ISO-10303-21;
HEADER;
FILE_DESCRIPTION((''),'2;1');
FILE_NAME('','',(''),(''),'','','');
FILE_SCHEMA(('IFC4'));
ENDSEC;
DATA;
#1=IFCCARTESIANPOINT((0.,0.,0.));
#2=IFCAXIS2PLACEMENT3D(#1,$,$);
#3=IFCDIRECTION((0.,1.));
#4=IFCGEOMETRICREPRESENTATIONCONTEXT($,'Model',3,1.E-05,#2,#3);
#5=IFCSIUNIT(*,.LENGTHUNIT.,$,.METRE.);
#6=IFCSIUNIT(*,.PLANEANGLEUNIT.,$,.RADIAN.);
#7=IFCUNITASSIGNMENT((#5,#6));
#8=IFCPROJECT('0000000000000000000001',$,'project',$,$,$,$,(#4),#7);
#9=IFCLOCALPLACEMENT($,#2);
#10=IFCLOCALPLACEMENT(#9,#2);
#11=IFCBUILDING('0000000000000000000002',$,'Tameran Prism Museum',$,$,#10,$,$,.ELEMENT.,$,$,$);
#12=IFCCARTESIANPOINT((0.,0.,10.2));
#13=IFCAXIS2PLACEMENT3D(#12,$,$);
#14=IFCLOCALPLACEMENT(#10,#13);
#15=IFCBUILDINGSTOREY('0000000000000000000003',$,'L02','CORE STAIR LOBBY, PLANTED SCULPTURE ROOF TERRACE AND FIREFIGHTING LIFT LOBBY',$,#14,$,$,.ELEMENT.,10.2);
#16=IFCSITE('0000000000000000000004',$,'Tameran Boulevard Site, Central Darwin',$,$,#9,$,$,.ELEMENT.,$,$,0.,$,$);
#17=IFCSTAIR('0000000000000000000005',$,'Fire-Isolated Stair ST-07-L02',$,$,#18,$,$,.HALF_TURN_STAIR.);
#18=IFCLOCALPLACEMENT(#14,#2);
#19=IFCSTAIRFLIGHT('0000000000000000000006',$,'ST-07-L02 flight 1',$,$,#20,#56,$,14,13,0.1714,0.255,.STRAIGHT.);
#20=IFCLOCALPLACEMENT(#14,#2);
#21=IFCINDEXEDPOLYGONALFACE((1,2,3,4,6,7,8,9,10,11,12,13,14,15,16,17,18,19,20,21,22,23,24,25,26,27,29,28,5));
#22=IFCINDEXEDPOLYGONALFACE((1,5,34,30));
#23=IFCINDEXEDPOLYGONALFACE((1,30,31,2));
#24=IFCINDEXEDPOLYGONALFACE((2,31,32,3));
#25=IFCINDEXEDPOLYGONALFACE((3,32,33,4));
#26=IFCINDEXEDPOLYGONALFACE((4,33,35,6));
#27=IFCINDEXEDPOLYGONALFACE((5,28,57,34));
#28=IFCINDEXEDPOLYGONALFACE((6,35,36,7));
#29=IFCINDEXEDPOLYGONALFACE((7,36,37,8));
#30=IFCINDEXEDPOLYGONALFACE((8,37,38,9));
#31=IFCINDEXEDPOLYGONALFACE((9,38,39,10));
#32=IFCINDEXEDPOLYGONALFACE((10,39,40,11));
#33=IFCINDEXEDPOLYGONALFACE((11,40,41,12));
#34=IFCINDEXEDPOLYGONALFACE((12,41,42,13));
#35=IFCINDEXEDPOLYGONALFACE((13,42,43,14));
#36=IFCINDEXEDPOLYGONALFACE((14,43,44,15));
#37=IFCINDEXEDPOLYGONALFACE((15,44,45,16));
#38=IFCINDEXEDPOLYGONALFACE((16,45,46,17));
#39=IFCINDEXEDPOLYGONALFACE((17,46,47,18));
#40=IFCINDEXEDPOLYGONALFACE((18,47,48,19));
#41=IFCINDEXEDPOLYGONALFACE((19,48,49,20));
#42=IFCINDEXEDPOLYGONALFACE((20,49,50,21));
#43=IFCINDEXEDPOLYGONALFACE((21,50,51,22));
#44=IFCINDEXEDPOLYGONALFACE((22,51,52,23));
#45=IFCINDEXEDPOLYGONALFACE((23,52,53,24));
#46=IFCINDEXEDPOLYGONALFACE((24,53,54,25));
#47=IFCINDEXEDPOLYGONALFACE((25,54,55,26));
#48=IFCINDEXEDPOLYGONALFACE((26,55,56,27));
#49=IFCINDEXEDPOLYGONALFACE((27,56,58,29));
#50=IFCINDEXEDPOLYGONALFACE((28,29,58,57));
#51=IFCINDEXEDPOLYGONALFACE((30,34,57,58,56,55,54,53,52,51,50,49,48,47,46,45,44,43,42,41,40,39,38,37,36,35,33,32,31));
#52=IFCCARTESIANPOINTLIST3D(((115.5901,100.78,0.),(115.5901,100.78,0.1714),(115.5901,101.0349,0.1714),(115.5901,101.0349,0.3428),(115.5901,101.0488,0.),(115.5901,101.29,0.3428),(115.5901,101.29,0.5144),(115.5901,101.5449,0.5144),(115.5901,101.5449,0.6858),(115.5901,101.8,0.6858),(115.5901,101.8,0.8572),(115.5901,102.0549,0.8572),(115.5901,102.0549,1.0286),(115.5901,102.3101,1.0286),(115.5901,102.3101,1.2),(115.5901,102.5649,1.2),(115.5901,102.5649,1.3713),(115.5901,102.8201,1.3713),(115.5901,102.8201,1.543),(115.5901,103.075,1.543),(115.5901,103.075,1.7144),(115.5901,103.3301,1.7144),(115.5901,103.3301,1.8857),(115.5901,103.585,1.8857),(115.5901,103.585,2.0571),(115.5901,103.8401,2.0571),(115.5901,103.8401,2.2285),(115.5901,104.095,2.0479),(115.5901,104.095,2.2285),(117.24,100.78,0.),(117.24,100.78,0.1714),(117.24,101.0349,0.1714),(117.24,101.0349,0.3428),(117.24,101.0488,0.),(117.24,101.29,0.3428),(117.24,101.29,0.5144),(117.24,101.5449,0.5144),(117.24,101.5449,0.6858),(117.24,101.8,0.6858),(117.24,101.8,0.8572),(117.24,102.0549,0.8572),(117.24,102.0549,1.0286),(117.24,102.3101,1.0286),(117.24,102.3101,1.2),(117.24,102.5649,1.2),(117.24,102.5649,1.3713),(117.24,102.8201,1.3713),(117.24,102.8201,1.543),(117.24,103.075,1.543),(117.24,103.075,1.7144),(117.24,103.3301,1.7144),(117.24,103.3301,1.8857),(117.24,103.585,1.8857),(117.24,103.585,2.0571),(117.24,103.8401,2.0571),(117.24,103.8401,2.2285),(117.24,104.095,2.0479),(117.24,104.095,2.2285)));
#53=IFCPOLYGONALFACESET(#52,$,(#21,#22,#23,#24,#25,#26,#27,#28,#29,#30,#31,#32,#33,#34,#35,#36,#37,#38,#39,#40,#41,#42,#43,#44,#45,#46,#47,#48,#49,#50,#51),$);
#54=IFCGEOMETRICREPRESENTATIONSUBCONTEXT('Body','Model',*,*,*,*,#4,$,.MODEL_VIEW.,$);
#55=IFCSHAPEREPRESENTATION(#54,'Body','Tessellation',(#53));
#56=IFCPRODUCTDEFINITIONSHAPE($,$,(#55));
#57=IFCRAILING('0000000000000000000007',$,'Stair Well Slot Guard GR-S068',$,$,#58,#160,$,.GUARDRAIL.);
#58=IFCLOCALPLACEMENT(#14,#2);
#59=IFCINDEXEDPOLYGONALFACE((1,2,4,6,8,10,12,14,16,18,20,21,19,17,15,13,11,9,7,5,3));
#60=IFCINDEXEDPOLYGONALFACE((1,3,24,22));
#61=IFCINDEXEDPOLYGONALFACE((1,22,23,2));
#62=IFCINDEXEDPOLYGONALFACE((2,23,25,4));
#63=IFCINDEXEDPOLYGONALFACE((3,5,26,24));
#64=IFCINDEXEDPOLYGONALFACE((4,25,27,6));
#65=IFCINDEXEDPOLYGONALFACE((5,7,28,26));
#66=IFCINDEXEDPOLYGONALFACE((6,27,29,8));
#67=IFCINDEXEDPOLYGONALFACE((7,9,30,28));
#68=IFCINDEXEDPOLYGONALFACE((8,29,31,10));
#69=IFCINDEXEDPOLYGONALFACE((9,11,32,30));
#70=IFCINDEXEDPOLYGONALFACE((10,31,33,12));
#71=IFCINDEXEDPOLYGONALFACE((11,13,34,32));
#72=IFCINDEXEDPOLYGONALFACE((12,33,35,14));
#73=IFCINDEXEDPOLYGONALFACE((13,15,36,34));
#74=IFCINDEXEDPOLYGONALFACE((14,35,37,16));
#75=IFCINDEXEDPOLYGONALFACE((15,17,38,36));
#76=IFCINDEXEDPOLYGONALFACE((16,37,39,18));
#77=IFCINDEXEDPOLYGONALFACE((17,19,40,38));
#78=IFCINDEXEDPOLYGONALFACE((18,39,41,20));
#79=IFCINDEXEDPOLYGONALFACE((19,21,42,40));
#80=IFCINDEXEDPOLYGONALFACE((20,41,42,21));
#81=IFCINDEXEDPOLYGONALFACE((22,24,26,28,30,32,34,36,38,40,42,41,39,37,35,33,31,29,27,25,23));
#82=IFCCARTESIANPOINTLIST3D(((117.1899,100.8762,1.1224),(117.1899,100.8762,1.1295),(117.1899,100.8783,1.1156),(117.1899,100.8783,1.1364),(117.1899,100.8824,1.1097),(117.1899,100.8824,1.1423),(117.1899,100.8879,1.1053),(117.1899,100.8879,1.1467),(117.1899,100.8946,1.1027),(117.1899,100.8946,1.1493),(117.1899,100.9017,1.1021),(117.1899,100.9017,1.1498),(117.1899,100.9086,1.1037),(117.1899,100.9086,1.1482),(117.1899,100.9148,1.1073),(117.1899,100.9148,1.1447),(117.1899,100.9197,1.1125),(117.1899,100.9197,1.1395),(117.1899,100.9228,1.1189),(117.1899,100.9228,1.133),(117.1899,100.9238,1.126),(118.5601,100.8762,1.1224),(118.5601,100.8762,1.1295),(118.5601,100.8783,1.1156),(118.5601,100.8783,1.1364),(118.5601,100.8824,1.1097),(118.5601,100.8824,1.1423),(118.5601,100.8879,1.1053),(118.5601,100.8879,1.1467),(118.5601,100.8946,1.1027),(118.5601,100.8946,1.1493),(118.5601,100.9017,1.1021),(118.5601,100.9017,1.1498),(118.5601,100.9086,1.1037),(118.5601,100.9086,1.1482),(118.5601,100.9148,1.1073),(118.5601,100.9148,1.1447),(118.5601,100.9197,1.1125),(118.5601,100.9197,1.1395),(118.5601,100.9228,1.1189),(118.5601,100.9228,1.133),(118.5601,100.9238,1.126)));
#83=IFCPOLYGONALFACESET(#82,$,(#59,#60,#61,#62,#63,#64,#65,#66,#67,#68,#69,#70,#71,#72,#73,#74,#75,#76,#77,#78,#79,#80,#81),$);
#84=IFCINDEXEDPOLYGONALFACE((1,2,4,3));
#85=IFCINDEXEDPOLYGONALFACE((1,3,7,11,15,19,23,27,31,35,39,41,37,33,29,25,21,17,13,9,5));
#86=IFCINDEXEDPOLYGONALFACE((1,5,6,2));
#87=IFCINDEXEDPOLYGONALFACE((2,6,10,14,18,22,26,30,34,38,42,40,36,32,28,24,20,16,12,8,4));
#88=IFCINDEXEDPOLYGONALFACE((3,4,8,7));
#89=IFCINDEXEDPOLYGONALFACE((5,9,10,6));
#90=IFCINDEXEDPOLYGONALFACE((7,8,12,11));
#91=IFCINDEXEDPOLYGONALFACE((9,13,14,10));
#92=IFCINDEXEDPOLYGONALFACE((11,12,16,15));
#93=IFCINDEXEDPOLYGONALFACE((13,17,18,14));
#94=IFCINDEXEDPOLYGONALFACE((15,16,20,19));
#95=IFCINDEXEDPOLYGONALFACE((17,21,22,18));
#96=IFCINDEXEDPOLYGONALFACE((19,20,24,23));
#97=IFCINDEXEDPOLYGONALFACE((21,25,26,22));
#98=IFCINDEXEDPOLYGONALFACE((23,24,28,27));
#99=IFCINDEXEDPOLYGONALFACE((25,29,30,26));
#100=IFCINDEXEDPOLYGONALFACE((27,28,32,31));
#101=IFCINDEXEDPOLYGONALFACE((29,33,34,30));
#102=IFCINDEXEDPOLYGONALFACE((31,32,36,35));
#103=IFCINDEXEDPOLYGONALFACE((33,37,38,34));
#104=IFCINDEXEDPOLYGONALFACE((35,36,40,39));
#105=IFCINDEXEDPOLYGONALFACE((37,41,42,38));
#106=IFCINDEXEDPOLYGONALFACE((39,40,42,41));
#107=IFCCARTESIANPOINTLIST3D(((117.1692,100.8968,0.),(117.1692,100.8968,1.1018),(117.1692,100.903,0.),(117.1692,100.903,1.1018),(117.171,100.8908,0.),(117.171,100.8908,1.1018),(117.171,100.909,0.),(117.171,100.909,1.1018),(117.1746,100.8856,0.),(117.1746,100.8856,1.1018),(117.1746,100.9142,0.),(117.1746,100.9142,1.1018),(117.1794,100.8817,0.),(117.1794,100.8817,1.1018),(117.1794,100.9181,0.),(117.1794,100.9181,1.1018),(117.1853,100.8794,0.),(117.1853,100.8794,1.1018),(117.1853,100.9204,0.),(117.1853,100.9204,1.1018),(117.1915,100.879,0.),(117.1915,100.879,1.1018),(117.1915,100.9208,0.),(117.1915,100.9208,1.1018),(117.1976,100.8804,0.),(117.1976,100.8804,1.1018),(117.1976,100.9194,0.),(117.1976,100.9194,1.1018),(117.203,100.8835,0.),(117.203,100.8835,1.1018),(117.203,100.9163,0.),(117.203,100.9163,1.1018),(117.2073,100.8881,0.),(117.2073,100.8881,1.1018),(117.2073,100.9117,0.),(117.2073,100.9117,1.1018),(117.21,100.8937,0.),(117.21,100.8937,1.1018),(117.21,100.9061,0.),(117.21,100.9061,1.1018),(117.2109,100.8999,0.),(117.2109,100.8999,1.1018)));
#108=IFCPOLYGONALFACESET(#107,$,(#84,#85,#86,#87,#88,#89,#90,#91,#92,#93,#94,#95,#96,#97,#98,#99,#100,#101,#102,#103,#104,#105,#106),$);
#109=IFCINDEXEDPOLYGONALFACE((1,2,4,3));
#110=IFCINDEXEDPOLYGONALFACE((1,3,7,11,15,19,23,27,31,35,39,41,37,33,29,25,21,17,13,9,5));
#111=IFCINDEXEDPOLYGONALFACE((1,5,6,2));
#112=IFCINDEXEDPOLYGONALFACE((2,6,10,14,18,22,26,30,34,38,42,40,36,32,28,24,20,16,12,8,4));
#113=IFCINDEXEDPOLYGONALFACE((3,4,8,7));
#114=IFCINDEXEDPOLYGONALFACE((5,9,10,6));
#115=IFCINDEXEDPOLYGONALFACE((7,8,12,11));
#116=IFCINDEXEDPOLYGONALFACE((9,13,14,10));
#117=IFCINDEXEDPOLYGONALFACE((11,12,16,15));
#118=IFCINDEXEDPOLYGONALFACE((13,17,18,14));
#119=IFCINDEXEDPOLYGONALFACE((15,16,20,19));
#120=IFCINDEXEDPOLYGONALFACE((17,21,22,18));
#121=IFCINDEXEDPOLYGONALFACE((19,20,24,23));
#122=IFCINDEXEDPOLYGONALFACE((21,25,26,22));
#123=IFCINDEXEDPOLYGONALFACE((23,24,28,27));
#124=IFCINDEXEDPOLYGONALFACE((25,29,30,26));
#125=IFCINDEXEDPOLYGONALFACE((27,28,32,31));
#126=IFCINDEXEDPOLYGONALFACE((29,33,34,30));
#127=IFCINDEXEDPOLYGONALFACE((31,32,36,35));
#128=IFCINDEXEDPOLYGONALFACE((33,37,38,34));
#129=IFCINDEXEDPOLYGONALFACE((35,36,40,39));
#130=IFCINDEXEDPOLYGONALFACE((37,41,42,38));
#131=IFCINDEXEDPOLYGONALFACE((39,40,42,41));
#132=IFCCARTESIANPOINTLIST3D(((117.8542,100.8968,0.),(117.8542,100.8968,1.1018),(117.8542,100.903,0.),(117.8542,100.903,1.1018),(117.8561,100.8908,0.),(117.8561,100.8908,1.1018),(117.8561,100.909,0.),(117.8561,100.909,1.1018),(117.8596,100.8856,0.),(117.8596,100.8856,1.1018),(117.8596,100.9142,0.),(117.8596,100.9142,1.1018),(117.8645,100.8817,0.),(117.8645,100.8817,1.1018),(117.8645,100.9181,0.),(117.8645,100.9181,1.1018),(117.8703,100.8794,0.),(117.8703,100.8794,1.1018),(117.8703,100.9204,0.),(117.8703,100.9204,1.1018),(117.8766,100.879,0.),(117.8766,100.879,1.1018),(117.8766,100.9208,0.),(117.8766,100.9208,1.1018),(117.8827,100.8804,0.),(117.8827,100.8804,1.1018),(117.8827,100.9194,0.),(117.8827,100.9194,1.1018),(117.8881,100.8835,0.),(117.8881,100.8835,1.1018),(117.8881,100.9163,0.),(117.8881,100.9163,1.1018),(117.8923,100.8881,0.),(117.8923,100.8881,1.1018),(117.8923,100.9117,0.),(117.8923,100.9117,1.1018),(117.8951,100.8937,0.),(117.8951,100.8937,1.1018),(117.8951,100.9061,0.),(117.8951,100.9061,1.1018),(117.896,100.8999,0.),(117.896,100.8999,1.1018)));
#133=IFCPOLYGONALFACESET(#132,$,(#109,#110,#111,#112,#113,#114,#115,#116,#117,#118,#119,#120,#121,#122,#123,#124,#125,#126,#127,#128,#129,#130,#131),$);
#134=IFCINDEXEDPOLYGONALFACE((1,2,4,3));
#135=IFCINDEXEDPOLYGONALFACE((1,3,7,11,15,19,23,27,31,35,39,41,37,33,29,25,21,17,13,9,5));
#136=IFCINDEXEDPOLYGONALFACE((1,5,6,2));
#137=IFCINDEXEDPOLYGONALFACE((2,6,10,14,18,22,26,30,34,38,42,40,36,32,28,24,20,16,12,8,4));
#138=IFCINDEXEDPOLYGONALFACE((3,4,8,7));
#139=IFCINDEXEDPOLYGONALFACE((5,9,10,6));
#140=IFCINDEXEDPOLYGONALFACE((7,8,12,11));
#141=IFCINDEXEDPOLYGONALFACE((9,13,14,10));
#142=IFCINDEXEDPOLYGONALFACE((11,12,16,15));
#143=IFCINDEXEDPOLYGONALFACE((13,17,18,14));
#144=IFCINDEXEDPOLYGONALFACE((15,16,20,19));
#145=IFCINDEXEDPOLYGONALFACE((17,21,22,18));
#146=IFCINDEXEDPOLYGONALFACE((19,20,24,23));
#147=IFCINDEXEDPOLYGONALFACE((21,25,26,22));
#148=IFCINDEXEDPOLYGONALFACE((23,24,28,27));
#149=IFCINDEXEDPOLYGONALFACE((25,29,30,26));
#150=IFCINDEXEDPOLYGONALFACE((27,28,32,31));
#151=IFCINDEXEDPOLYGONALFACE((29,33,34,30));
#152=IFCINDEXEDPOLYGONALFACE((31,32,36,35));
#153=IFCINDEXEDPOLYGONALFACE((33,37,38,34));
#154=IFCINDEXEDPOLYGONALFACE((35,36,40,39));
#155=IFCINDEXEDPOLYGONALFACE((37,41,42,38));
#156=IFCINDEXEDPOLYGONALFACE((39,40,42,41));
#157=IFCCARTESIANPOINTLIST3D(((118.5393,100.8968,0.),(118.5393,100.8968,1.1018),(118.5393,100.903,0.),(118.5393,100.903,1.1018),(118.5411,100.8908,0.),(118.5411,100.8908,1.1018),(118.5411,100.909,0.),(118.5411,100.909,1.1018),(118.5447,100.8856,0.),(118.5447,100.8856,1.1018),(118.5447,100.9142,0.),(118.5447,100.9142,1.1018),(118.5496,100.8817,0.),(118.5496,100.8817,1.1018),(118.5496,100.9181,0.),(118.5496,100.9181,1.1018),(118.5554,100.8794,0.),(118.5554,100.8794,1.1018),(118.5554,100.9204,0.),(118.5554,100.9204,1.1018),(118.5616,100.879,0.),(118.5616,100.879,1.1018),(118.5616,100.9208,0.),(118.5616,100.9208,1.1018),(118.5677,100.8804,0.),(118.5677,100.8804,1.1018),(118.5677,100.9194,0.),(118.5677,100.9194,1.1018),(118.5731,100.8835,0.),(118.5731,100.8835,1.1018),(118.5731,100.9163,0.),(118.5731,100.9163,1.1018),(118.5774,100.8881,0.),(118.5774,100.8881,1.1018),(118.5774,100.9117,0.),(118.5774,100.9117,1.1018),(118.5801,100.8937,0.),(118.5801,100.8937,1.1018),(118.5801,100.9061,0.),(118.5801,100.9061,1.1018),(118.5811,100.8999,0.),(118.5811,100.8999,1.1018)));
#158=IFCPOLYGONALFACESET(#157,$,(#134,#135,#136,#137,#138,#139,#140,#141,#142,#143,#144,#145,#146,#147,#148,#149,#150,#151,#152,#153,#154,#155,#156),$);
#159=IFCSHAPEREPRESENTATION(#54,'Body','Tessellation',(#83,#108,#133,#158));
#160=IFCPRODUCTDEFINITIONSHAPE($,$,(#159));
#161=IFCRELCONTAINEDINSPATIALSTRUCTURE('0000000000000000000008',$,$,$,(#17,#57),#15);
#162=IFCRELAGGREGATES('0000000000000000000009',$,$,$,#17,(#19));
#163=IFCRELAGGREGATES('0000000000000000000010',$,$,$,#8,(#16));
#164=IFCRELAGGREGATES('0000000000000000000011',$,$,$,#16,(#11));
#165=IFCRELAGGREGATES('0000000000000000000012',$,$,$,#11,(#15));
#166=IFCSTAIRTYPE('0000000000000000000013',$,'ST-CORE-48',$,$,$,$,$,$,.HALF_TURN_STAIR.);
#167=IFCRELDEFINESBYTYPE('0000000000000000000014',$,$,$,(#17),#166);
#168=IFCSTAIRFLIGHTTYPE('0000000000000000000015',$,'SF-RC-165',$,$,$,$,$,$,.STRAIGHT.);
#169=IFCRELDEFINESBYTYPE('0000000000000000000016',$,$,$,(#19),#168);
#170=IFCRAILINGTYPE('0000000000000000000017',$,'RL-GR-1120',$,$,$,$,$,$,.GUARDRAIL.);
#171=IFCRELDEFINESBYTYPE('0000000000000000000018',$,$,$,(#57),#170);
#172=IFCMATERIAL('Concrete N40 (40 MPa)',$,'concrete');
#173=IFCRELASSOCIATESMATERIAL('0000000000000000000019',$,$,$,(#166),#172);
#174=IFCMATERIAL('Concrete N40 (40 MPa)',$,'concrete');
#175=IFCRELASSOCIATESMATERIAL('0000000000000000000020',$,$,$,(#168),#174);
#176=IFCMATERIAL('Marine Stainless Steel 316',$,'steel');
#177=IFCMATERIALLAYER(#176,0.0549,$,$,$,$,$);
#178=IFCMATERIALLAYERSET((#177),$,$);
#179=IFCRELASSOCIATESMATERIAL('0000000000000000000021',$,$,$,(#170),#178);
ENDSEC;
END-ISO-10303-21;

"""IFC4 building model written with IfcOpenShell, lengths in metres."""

from ifc_helpers import new_model, si_unit, direction, frame, origin, origin_2d, place, context, subcontext, project, spatial, polyline, circle, outline, extrude, material, layer, layer_set, type_object, element, aggregate, save


model = new_model("IFC4")

# Units and contexts
model_context = context("Model", 3, precision=1e-05, world=origin(), true_north=direction((0.0, 1.0)))
body_context = subcontext(model_context, "Body", "Model", "MODEL_VIEW")
ifc_project = project(units=[si_unit("LENGTHUNIT", "METRE"), si_unit("PLANEANGLEUNIT", "RADIAN")], contexts=[model_context])

# Site, building, storey
site_placement = place(None, origin())
site = spatial("IfcSite", under=ifc_project, at=site_placement, Name="Tameran Boulevard Site, Central Darwin", CompositionType="ELEMENT", RefElevation=0.0)
building_placement = place(site_placement, origin())
building = spatial("IfcBuilding", under=site, at=building_placement, Name="Tameran Prism Museum", CompositionType="ELEMENT")
storey_placement = place(building_placement, frame((0.0, 0.0, 10.2)))
storey = spatial("IfcBuildingStorey", under=building, at=storey_placement, Name="L02", Description="CORE STAIR LOBBY, PLANTED SCULPTURE ROOF TERRACE AND FIREFIGHTING LIFT LOBBY", CompositionType="ELEMENT", Elevation=10.2)

# Stair, stair flight
ifc_material_1 = material(Name="Concrete N40 (40 MPa)", Category="concrete")
stair_type = type_object("IfcStairType", Name="ST-CORE-48", PredefinedType="HALF_TURN_STAIR", material=ifc_material_1)
stair_placement = place(storey_placement, origin())
stair = element("IfcStair", 1, at=stair_placement, inside=storey, type_object=stair_type, Name="Fire-Isolated Stair ST-07-L02", PredefinedType="HALF_TURN_STAIR")
ifc_material_2 = material(Name="Concrete N40 (40 MPa)", Category="concrete")
stair_flight_type = type_object("IfcStairFlightType", Name="SF-RC-165", PredefinedType="STRAIGHT", material=ifc_material_2)
stair_flight_placement = place(storey_placement, frame((116.415, 100.78, 0.0), z_axis=(0.0, 0.0, 1.0), x_axis=(0.0, 1.0, 0.0)))
stair_flight = element("IfcStairFlight", 2, at=stair_flight_placement, type_object=stair_flight_type, Name="ST-07-L02 flight 1", NumberOfRisers=14, NumberOfTreads=13, PredefinedType="STRAIGHT", RiserHeight=0.1714, TreadLength=0.255, context=body_context, shape_type="SweptSolid", body=[
    extrude(outline(polyline([(0.0, 0.0), (0.0, 0.1714), (0.2549, 0.1714), (0.2549, 0.3428), (0.51, 0.3428), (0.51, 0.5144), (0.7649, 0.5144), (0.7649, 0.6858), (1.02, 0.6858), (1.02, 0.8572), (1.2749, 0.8572), (1.2749, 1.0286), (1.53, 1.0286), (1.53, 1.2), (1.7849, 1.2), (1.7849, 1.3713), (2.04, 1.3713), (2.04, 1.543), (2.2949, 1.543), (2.2949, 1.7144), (2.55, 1.7144), (2.55, 1.8857), (2.8049, 1.8857), (2.8049, 2.0571), (3.0601, 2.0571), (3.0601, 2.2285), (3.3149, 2.2285), (3.3149, 2.3999), (3.3149, 2.0479), (0.2688, 0.0), (0.0, 0.0)])), frame((0.0, 0.825, 0.0), z_axis=(0.0, -1.0, 0.0), x_axis=(1.0, 0.0, 0.0)), (0.0, 0.0, 1.0), 1.6499),
])
aggregate(stair, [stair_flight])

# Railing
ifc_material_3 = material(Name="Marine Stainless Steel 316", Category="steel")
ifc_layer_1 = layer(ifc_material_3, 0.0549)
ifc_layer_set_1 = layer_set([ifc_layer_1])
railing_type_1 = type_object("IfcRailingType", Name="RL-GR-1120", PredefinedType="GUARDRAIL", material=ifc_layer_set_1)
railing_1_placement = place(storey_placement, frame((117.1899, 100.8999, 0.0)))
element("IfcRailing", 3, at=railing_1_placement, inside=storey, type_object=railing_type_1, Name="Stair Well Slot Guard GR-S068", PredefinedType="GUARDRAIL", context=body_context, shape_type="SweptSolid", body=[
    extrude(circle(Radius=0.0239, at=origin_2d()), frame((0.0, 0.0, 1.126), z_axis=(1.0, 0.0, 0.0), x_axis=(0.0, 1.0, 0.0)), (0.0, 0.0, 1.0), 1.3701),
    extrude(circle(Radius=0.021, at=origin_2d()), origin(), (0.0, 0.0, 1.0), 1.1018),
    extrude(circle(Radius=0.021, at=origin_2d()), frame((0.6851, 0.0, 0.0)), (0.0, 0.0, 1.0), 1.1018),
    extrude(circle(Radius=0.021, at=origin_2d()), frame((1.3701, 0.0, 0.0)), (0.0, 0.0, 1.0), 1.1018),
])

save(model, "model.ifc")
